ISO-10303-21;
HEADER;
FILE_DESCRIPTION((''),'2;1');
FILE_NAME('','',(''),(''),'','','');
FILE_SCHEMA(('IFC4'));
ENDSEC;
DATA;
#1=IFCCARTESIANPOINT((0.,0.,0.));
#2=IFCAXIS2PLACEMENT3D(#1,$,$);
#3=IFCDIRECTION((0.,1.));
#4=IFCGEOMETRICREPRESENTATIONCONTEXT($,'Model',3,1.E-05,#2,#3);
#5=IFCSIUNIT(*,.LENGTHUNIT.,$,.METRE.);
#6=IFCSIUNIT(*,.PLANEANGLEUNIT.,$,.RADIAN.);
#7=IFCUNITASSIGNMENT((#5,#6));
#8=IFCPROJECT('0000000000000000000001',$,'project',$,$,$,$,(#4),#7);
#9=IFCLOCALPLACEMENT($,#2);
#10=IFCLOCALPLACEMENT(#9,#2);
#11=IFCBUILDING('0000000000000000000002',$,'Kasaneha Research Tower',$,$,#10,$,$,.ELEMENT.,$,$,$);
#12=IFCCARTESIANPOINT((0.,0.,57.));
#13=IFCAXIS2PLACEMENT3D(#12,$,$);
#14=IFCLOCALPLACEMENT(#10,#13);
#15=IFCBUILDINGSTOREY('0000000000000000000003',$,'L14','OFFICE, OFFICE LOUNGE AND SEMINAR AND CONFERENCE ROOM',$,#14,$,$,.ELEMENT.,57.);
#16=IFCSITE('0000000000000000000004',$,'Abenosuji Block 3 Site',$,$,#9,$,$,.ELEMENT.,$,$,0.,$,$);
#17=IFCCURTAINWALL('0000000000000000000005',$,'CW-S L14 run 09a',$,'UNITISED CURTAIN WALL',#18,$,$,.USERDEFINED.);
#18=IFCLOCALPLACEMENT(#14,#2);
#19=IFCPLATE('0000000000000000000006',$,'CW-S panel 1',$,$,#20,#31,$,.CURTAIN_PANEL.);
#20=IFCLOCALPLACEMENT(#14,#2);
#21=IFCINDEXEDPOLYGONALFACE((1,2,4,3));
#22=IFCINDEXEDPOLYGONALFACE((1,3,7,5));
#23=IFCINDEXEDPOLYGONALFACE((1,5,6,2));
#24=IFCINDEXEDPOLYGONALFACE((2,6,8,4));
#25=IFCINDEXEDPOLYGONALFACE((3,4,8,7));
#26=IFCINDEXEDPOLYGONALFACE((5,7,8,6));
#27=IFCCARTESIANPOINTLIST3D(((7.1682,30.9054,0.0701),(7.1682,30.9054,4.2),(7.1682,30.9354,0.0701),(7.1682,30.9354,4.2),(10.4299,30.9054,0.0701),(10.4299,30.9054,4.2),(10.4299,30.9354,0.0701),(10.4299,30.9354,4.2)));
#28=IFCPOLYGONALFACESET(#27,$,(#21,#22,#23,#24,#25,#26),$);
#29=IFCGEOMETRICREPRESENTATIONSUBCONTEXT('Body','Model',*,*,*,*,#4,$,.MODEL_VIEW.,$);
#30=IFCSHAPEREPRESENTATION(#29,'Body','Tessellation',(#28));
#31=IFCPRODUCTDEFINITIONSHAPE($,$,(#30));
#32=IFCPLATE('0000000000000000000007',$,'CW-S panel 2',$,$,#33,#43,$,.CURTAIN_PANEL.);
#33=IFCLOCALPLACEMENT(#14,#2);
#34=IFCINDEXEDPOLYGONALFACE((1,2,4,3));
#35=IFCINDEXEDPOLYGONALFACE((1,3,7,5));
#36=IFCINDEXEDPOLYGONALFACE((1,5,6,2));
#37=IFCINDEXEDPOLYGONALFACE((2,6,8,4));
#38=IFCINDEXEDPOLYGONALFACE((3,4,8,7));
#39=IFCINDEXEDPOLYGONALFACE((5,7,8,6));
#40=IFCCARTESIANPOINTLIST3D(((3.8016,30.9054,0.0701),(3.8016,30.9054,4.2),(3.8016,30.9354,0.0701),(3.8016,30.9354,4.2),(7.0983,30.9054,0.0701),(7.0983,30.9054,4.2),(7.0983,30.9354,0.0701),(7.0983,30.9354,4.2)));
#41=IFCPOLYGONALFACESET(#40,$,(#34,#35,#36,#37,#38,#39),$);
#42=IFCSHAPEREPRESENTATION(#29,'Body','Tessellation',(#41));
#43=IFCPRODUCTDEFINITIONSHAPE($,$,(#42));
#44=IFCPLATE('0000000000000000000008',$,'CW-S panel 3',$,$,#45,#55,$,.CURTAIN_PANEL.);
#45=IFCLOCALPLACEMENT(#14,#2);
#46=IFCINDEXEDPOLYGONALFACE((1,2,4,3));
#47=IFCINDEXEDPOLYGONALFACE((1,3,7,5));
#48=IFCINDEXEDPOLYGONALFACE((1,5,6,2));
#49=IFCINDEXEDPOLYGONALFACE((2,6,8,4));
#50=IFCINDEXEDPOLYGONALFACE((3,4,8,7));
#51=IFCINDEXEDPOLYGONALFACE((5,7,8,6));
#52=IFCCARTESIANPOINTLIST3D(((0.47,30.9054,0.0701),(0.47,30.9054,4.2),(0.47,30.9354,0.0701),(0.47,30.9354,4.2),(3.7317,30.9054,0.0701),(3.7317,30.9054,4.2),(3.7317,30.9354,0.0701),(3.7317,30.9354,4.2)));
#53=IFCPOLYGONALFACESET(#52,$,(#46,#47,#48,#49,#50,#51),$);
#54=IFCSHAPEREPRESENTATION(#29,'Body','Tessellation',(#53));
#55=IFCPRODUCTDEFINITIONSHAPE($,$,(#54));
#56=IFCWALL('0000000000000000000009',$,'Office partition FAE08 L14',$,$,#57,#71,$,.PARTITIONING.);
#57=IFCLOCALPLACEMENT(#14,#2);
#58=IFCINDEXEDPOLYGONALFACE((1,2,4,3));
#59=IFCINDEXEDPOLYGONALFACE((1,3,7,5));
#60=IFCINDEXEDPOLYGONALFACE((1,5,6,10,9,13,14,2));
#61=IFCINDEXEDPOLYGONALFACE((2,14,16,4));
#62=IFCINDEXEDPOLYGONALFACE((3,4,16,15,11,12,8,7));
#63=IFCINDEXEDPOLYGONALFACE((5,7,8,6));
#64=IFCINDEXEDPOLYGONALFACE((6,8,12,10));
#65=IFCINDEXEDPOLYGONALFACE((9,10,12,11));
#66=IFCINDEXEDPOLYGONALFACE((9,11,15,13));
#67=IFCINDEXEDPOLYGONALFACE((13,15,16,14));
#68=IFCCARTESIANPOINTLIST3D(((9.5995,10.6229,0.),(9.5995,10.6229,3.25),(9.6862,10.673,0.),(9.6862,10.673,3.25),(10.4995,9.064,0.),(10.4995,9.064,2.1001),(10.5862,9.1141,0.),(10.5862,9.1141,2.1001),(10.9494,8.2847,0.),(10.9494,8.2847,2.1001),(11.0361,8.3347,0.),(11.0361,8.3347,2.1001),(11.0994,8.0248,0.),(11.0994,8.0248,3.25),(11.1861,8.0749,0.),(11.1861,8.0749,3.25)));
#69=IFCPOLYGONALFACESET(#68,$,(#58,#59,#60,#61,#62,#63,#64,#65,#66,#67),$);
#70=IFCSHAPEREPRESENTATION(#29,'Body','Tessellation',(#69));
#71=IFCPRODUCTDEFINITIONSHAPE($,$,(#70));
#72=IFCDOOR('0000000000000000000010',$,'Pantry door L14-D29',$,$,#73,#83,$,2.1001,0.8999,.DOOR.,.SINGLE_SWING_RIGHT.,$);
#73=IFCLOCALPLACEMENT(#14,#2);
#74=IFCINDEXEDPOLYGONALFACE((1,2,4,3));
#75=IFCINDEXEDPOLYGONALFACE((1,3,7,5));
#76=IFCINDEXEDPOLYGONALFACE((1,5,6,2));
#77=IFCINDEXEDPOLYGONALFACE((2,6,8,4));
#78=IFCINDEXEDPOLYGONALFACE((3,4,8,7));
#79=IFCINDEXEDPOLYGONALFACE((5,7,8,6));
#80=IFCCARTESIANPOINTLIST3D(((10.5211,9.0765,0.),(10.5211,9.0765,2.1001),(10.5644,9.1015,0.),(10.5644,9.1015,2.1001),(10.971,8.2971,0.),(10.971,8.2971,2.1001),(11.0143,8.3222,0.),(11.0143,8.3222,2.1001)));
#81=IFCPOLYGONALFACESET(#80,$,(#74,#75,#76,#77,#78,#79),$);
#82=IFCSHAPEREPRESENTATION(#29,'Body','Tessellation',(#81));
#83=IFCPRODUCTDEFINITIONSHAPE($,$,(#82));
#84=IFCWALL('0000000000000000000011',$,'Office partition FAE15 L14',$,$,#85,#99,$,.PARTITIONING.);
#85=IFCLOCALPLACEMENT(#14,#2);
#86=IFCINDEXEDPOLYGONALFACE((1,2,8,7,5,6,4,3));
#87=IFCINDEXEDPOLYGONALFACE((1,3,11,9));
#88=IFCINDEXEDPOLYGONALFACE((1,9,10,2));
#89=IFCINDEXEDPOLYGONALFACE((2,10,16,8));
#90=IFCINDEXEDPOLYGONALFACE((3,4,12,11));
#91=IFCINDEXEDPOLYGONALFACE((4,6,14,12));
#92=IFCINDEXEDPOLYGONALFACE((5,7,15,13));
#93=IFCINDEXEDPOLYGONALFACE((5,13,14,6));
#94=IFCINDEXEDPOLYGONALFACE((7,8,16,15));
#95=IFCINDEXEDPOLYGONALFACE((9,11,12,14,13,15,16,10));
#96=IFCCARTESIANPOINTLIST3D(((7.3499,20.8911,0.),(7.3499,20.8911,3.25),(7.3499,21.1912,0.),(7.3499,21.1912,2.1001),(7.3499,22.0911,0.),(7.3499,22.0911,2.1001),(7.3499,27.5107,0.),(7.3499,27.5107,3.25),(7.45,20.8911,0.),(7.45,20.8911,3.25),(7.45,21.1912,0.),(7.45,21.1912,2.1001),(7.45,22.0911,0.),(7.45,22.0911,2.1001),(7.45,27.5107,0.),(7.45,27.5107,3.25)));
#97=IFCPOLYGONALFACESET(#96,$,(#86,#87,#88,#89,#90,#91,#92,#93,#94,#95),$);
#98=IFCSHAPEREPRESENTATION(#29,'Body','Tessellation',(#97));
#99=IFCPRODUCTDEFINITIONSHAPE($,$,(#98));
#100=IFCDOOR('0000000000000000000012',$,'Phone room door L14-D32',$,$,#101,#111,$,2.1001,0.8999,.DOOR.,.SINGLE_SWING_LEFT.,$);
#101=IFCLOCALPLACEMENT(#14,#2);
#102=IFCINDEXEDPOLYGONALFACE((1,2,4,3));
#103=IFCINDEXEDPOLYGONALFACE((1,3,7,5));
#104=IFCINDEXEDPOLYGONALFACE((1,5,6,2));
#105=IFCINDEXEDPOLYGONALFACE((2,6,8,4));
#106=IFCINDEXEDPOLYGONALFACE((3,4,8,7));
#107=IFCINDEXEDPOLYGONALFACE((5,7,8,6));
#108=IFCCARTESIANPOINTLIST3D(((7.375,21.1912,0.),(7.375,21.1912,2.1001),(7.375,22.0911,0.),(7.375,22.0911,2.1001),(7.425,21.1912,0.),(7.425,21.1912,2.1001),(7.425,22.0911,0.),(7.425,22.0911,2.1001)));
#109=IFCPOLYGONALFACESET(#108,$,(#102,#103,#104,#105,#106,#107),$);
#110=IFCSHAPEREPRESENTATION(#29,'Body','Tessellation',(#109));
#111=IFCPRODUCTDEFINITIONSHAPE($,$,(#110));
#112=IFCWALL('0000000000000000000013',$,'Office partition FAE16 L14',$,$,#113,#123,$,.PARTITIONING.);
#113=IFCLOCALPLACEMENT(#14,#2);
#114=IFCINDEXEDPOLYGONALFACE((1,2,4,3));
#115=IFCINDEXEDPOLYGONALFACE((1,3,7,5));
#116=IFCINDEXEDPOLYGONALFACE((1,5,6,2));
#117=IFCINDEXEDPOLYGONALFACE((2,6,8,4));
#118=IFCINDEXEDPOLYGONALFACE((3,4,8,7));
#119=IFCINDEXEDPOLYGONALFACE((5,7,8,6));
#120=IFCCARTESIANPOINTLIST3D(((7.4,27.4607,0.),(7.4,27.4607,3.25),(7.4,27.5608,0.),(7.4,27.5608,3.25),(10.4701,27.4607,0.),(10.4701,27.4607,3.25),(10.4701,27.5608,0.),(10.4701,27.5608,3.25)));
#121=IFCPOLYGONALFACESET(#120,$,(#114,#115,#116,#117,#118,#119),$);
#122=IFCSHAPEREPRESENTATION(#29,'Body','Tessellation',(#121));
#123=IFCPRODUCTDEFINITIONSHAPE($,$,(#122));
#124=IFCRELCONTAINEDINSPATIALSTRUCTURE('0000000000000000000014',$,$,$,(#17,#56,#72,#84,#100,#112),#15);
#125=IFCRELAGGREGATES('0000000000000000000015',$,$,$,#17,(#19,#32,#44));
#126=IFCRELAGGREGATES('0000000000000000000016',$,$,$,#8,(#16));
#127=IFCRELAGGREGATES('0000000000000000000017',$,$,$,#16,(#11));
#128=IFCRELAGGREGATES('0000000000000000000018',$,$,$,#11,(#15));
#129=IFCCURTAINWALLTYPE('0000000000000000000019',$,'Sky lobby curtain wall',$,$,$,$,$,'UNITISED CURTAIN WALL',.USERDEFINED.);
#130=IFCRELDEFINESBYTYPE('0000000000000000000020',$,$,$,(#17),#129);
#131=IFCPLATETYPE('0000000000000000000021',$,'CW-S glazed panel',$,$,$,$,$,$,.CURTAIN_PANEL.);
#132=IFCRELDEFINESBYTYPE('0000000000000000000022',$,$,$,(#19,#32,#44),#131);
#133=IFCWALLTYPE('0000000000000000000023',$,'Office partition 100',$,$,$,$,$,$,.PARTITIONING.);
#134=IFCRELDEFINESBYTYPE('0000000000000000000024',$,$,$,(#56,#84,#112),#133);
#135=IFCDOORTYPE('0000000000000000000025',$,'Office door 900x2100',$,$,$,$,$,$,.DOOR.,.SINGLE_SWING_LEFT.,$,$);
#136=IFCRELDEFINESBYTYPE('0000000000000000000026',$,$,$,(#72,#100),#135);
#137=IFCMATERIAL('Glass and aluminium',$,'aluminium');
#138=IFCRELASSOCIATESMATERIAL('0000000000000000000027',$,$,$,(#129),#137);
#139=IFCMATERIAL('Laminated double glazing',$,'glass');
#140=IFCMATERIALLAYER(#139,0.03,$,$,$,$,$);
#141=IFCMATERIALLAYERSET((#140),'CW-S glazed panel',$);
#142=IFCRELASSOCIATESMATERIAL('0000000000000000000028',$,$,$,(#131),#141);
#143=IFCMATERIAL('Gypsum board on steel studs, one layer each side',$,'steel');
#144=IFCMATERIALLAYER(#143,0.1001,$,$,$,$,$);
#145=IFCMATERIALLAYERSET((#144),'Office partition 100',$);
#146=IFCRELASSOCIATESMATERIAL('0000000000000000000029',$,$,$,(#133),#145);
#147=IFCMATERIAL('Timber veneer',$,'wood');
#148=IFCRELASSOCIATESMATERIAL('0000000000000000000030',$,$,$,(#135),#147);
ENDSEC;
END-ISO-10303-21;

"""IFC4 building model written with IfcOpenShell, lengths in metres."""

from ifc_helpers import new_model, si_unit, direction, frame, frame_2d, origin, origin_2d, place, context, subcontext, project, spatial, rectangle, extrude, material, layer, layer_set, type_object, element, fill, aggregate, save


model = new_model("IFC4")

# Units and contexts
model_context = context("Model", 3, precision=1e-05, world=origin(), true_north=direction((0.0, 1.0)))
body_context = subcontext(model_context, "Body", "Model", "MODEL_VIEW")
ifc_project = project(units=[si_unit("LENGTHUNIT", "METRE"), si_unit("PLANEANGLEUNIT", "RADIAN")], contexts=[model_context])

# Site, building, storey
site_placement = place(None, origin())
site = spatial("IfcSite", under=ifc_project, at=site_placement, Name="Abenosuji Block 3 Site", CompositionType="ELEMENT", RefElevation=0.0)
building_placement = place(site_placement, origin())
building = spatial("IfcBuilding", under=site, at=building_placement, Name="Kasaneha Research Tower", CompositionType="ELEMENT")
storey_placement = place(building_placement, frame((0.0, 0.0, 57.0)))
storey = spatial("IfcBuildingStorey", under=building, at=storey_placement, Name="L14", Description="OFFICE, OFFICE LOUNGE AND SEMINAR AND CONFERENCE ROOM", CompositionType="ELEMENT", Elevation=57.0)

# Shared definitions
ifc_material_1 = material(Name="Glass and aluminium", Category="aluminium")
curtain_wall_type = type_object("IfcCurtainWallType", Name="Sky lobby curtain wall", ElementType="UNITISED CURTAIN WALL", PredefinedType="USERDEFINED", material=ifc_material_1)

# Curtain wall
curtain_wall_1_placement = place(storey_placement, origin())
curtain_wall_1 = element("IfcCurtainWall", 1, at=curtain_wall_1_placement, inside=storey, type_object=curtain_wall_type, Name="CW-S L14 run 09a", ObjectType="UNITISED CURTAIN WALL", PredefinedType="USERDEFINED")

# Plates
ifc_material_2 = material(Name="Laminated double glazing", Category="glass")
ifc_layer_1 = layer(ifc_material_2, 0.03)
ifc_layer_set_1 = layer_set([ifc_layer_1], Name="CW-S glazed panel")
plate_type = type_object("IfcPlateType", Name="CW-S glazed panel", PredefinedType="CURTAIN_PANEL", material=ifc_layer_set_1)
plate_1_placement = place(storey_placement, frame((8.7991, 30.9204, 0.0701), z_axis=(0.0, 0.0, 1.0), x_axis=(-1.0, 0.0, 0.0)))
plate_1 = element("IfcPlate", 2, at=plate_1_placement, type_object=plate_type, Name="CW-S panel 1", PredefinedType="CURTAIN_PANEL", context=body_context, shape_type="SweptSolid", body=[
    extrude(rectangle(XDim=3.2617, YDim=0.03, at=origin_2d()), origin(), (0.0, 0.0, 1.0), 4.1299),
])
plate_2_placement = place(storey_placement, frame((5.45, 30.9204, 0.0701), z_axis=(0.0, 0.0, 1.0), x_axis=(-1.0, 0.0, 0.0)))
plate_2 = element("IfcPlate", 3, at=plate_2_placement, type_object=plate_type, Name="CW-S panel 2", PredefinedType="CURTAIN_PANEL", context=body_context, shape_type="SweptSolid", body=[
    extrude(rectangle(XDim=3.2966, YDim=0.03, at=origin_2d()), origin(), (0.0, 0.0, 1.0), 4.1299),
])
plate_3_placement = place(storey_placement, frame((2.1008, 30.9204, 0.0701), z_axis=(0.0, 0.0, 1.0), x_axis=(-1.0, 0.0, 0.0)))
plate_3 = element("IfcPlate", 4, at=plate_3_placement, type_object=plate_type, Name="CW-S panel 3", PredefinedType="CURTAIN_PANEL", context=body_context, shape_type="SweptSolid", body=[
    extrude(rectangle(XDim=3.2617, YDim=0.03, at=origin_2d()), origin(), (0.0, 0.0, 1.0), 4.1299),
])
aggregate(curtain_wall_1, [plate_1, plate_2, plate_3])

# Walls, openings, doors
ifc_material_3 = material(Name="Gypsum board on steel studs, one layer each side", Category="steel")
ifc_layer_2 = layer(ifc_material_3, 0.1001)
ifc_layer_set_2 = layer_set([ifc_layer_2], Name="Office partition 100")
wall_type = type_object("IfcWallType", Name="Office partition 100", PredefinedType="PARTITIONING", material=ifc_layer_set_2)
wall_1_placement = place(storey_placement, frame((9.6428, 10.6479, 0.0), z_axis=(0.0, 0.0, 1.0), x_axis=(0.49999, -0.866031, 0.0)))
wall_1 = element("IfcWall", 5, at=wall_1_placement, inside=storey, type_object=wall_type, Name="Office partition FAE08 L14", PredefinedType="PARTITIONING", context=body_context, shape_type="SweptSolid", body=[
    extrude(rectangle(XDim=3.0, YDim=0.1001, at=frame_2d((1.5, 0.0))), origin(), (0.0, 0.0, 1.0), 3.25),
])
opening_1_placement = place(wall_1_placement, frame((1.8, 0.0, 0.0)))
opening_1 = element("IfcOpeningElement", 6, at=opening_1_placement, cuts=wall_1, PredefinedType="OPENING", context=body_context, shape_type="SweptSolid", body=[
    extrude(rectangle(XDim=0.8999, YDim=2.1001, at=frame_2d((0.45, 1.05))), frame((0.0, 0.0601, 0.0), z_axis=(0.0, -1.0, 0.0), x_axis=(1.0, 0.0, 0.0)), (0.0, 0.0, 1.0), 0.1201),
])
ifc_material_4 = material(Name="Timber veneer", Category="wood")
door_type = type_object("IfcDoorType", Name="Office door 900x2100", OperationType="SINGLE_SWING_LEFT", PredefinedType="DOOR", material=ifc_material_4)
door_1_placement = place(opening_1_placement, origin())
door_1 = element("IfcDoor", 7, at=door_1_placement, inside=storey, type_object=door_type, Name="Pantry door L14-D29", OperationType="SINGLE_SWING_RIGHT", OverallHeight=2.1001, OverallWidth=0.8999, PredefinedType="DOOR", context=body_context, shape_type="SweptSolid", body=[
    extrude(rectangle(XDim=0.8999, YDim=2.1001, at=frame_2d((0.45, 1.05))), frame((0.0, 0.0249, 0.0), z_axis=(0.0, -1.0, 0.0), x_axis=(1.0, 0.0, 0.0)), (0.0, 0.0, 1.0), 0.05),
])
fill(opening_1, door_1)
wall_2_placement = place(storey_placement, frame((7.3999, 20.8911, 0.0), z_axis=(0.0, 0.0, 1.0), x_axis=(0.0, 1.0, 0.0)))
wall_2 = element("IfcWall", 8, at=wall_2_placement, inside=storey, type_object=wall_type, Name="Office partition FAE15 L14", PredefinedType="PARTITIONING", context=body_context, shape_type="SweptSolid", body=[
    extrude(rectangle(XDim=6.6196, YDim=0.1001, at=frame_2d((3.3098, 0.0))), origin(), (0.0, 0.0, 1.0), 3.25),
])
opening_2_placement = place(wall_2_placement, frame((0.3, 0.0, 0.0)))
opening_2 = element("IfcOpeningElement", 9, at=opening_2_placement, cuts=wall_2, PredefinedType="OPENING", context=body_context, shape_type="SweptSolid", body=[
    extrude(rectangle(XDim=0.8999, YDim=2.1001, at=frame_2d((0.45, 1.05))), frame((0.0, 0.0601, 0.0), z_axis=(0.0, -1.0, 0.0), x_axis=(1.0, 0.0, 0.0)), (0.0, 0.0, 1.0), 0.1201),
])
door_2_placement = place(opening_2_placement, origin())
door_2 = element("IfcDoor", 10, at=door_2_placement, inside=storey, type_object=door_type, Name="Phone room door L14-D32", OperationType="SINGLE_SWING_LEFT", OverallHeight=2.1001, OverallWidth=0.8999, PredefinedType="DOOR", context=body_context, shape_type="SweptSolid", body=[
    extrude(rectangle(XDim=0.8999, YDim=2.1001, at=frame_2d((0.45, 1.05))), frame((0.0, 0.0249, 0.0), z_axis=(0.0, -1.0, 0.0), x_axis=(1.0, 0.0, 0.0)), (0.0, 0.0, 1.0), 0.05),
])
fill(opening_2, door_2)

# Wall
for number, where, z_axis, x_axis, name in (
    (11, (7.3999, 27.5107, 0.0), (0.0, 0.0, 1.0), (1.0, 0.0, 0.0), "Office partition FAE16 L14"),
):
    element("IfcWall", number, at=place(storey_placement, frame(where, z_axis=z_axis, x_axis=x_axis)), inside=storey, type_object=wall_type, Name=name, PredefinedType="PARTITIONING", context=body_context, shape_type="SweptSolid", body=[
        extrude(rectangle(XDim=3.0701, YDim=0.1001, at=frame_2d((1.5352, 0.0))), origin(), (0.0, 0.0, 1.0), 3.25),
    ])

save(model, "model.ifc")
